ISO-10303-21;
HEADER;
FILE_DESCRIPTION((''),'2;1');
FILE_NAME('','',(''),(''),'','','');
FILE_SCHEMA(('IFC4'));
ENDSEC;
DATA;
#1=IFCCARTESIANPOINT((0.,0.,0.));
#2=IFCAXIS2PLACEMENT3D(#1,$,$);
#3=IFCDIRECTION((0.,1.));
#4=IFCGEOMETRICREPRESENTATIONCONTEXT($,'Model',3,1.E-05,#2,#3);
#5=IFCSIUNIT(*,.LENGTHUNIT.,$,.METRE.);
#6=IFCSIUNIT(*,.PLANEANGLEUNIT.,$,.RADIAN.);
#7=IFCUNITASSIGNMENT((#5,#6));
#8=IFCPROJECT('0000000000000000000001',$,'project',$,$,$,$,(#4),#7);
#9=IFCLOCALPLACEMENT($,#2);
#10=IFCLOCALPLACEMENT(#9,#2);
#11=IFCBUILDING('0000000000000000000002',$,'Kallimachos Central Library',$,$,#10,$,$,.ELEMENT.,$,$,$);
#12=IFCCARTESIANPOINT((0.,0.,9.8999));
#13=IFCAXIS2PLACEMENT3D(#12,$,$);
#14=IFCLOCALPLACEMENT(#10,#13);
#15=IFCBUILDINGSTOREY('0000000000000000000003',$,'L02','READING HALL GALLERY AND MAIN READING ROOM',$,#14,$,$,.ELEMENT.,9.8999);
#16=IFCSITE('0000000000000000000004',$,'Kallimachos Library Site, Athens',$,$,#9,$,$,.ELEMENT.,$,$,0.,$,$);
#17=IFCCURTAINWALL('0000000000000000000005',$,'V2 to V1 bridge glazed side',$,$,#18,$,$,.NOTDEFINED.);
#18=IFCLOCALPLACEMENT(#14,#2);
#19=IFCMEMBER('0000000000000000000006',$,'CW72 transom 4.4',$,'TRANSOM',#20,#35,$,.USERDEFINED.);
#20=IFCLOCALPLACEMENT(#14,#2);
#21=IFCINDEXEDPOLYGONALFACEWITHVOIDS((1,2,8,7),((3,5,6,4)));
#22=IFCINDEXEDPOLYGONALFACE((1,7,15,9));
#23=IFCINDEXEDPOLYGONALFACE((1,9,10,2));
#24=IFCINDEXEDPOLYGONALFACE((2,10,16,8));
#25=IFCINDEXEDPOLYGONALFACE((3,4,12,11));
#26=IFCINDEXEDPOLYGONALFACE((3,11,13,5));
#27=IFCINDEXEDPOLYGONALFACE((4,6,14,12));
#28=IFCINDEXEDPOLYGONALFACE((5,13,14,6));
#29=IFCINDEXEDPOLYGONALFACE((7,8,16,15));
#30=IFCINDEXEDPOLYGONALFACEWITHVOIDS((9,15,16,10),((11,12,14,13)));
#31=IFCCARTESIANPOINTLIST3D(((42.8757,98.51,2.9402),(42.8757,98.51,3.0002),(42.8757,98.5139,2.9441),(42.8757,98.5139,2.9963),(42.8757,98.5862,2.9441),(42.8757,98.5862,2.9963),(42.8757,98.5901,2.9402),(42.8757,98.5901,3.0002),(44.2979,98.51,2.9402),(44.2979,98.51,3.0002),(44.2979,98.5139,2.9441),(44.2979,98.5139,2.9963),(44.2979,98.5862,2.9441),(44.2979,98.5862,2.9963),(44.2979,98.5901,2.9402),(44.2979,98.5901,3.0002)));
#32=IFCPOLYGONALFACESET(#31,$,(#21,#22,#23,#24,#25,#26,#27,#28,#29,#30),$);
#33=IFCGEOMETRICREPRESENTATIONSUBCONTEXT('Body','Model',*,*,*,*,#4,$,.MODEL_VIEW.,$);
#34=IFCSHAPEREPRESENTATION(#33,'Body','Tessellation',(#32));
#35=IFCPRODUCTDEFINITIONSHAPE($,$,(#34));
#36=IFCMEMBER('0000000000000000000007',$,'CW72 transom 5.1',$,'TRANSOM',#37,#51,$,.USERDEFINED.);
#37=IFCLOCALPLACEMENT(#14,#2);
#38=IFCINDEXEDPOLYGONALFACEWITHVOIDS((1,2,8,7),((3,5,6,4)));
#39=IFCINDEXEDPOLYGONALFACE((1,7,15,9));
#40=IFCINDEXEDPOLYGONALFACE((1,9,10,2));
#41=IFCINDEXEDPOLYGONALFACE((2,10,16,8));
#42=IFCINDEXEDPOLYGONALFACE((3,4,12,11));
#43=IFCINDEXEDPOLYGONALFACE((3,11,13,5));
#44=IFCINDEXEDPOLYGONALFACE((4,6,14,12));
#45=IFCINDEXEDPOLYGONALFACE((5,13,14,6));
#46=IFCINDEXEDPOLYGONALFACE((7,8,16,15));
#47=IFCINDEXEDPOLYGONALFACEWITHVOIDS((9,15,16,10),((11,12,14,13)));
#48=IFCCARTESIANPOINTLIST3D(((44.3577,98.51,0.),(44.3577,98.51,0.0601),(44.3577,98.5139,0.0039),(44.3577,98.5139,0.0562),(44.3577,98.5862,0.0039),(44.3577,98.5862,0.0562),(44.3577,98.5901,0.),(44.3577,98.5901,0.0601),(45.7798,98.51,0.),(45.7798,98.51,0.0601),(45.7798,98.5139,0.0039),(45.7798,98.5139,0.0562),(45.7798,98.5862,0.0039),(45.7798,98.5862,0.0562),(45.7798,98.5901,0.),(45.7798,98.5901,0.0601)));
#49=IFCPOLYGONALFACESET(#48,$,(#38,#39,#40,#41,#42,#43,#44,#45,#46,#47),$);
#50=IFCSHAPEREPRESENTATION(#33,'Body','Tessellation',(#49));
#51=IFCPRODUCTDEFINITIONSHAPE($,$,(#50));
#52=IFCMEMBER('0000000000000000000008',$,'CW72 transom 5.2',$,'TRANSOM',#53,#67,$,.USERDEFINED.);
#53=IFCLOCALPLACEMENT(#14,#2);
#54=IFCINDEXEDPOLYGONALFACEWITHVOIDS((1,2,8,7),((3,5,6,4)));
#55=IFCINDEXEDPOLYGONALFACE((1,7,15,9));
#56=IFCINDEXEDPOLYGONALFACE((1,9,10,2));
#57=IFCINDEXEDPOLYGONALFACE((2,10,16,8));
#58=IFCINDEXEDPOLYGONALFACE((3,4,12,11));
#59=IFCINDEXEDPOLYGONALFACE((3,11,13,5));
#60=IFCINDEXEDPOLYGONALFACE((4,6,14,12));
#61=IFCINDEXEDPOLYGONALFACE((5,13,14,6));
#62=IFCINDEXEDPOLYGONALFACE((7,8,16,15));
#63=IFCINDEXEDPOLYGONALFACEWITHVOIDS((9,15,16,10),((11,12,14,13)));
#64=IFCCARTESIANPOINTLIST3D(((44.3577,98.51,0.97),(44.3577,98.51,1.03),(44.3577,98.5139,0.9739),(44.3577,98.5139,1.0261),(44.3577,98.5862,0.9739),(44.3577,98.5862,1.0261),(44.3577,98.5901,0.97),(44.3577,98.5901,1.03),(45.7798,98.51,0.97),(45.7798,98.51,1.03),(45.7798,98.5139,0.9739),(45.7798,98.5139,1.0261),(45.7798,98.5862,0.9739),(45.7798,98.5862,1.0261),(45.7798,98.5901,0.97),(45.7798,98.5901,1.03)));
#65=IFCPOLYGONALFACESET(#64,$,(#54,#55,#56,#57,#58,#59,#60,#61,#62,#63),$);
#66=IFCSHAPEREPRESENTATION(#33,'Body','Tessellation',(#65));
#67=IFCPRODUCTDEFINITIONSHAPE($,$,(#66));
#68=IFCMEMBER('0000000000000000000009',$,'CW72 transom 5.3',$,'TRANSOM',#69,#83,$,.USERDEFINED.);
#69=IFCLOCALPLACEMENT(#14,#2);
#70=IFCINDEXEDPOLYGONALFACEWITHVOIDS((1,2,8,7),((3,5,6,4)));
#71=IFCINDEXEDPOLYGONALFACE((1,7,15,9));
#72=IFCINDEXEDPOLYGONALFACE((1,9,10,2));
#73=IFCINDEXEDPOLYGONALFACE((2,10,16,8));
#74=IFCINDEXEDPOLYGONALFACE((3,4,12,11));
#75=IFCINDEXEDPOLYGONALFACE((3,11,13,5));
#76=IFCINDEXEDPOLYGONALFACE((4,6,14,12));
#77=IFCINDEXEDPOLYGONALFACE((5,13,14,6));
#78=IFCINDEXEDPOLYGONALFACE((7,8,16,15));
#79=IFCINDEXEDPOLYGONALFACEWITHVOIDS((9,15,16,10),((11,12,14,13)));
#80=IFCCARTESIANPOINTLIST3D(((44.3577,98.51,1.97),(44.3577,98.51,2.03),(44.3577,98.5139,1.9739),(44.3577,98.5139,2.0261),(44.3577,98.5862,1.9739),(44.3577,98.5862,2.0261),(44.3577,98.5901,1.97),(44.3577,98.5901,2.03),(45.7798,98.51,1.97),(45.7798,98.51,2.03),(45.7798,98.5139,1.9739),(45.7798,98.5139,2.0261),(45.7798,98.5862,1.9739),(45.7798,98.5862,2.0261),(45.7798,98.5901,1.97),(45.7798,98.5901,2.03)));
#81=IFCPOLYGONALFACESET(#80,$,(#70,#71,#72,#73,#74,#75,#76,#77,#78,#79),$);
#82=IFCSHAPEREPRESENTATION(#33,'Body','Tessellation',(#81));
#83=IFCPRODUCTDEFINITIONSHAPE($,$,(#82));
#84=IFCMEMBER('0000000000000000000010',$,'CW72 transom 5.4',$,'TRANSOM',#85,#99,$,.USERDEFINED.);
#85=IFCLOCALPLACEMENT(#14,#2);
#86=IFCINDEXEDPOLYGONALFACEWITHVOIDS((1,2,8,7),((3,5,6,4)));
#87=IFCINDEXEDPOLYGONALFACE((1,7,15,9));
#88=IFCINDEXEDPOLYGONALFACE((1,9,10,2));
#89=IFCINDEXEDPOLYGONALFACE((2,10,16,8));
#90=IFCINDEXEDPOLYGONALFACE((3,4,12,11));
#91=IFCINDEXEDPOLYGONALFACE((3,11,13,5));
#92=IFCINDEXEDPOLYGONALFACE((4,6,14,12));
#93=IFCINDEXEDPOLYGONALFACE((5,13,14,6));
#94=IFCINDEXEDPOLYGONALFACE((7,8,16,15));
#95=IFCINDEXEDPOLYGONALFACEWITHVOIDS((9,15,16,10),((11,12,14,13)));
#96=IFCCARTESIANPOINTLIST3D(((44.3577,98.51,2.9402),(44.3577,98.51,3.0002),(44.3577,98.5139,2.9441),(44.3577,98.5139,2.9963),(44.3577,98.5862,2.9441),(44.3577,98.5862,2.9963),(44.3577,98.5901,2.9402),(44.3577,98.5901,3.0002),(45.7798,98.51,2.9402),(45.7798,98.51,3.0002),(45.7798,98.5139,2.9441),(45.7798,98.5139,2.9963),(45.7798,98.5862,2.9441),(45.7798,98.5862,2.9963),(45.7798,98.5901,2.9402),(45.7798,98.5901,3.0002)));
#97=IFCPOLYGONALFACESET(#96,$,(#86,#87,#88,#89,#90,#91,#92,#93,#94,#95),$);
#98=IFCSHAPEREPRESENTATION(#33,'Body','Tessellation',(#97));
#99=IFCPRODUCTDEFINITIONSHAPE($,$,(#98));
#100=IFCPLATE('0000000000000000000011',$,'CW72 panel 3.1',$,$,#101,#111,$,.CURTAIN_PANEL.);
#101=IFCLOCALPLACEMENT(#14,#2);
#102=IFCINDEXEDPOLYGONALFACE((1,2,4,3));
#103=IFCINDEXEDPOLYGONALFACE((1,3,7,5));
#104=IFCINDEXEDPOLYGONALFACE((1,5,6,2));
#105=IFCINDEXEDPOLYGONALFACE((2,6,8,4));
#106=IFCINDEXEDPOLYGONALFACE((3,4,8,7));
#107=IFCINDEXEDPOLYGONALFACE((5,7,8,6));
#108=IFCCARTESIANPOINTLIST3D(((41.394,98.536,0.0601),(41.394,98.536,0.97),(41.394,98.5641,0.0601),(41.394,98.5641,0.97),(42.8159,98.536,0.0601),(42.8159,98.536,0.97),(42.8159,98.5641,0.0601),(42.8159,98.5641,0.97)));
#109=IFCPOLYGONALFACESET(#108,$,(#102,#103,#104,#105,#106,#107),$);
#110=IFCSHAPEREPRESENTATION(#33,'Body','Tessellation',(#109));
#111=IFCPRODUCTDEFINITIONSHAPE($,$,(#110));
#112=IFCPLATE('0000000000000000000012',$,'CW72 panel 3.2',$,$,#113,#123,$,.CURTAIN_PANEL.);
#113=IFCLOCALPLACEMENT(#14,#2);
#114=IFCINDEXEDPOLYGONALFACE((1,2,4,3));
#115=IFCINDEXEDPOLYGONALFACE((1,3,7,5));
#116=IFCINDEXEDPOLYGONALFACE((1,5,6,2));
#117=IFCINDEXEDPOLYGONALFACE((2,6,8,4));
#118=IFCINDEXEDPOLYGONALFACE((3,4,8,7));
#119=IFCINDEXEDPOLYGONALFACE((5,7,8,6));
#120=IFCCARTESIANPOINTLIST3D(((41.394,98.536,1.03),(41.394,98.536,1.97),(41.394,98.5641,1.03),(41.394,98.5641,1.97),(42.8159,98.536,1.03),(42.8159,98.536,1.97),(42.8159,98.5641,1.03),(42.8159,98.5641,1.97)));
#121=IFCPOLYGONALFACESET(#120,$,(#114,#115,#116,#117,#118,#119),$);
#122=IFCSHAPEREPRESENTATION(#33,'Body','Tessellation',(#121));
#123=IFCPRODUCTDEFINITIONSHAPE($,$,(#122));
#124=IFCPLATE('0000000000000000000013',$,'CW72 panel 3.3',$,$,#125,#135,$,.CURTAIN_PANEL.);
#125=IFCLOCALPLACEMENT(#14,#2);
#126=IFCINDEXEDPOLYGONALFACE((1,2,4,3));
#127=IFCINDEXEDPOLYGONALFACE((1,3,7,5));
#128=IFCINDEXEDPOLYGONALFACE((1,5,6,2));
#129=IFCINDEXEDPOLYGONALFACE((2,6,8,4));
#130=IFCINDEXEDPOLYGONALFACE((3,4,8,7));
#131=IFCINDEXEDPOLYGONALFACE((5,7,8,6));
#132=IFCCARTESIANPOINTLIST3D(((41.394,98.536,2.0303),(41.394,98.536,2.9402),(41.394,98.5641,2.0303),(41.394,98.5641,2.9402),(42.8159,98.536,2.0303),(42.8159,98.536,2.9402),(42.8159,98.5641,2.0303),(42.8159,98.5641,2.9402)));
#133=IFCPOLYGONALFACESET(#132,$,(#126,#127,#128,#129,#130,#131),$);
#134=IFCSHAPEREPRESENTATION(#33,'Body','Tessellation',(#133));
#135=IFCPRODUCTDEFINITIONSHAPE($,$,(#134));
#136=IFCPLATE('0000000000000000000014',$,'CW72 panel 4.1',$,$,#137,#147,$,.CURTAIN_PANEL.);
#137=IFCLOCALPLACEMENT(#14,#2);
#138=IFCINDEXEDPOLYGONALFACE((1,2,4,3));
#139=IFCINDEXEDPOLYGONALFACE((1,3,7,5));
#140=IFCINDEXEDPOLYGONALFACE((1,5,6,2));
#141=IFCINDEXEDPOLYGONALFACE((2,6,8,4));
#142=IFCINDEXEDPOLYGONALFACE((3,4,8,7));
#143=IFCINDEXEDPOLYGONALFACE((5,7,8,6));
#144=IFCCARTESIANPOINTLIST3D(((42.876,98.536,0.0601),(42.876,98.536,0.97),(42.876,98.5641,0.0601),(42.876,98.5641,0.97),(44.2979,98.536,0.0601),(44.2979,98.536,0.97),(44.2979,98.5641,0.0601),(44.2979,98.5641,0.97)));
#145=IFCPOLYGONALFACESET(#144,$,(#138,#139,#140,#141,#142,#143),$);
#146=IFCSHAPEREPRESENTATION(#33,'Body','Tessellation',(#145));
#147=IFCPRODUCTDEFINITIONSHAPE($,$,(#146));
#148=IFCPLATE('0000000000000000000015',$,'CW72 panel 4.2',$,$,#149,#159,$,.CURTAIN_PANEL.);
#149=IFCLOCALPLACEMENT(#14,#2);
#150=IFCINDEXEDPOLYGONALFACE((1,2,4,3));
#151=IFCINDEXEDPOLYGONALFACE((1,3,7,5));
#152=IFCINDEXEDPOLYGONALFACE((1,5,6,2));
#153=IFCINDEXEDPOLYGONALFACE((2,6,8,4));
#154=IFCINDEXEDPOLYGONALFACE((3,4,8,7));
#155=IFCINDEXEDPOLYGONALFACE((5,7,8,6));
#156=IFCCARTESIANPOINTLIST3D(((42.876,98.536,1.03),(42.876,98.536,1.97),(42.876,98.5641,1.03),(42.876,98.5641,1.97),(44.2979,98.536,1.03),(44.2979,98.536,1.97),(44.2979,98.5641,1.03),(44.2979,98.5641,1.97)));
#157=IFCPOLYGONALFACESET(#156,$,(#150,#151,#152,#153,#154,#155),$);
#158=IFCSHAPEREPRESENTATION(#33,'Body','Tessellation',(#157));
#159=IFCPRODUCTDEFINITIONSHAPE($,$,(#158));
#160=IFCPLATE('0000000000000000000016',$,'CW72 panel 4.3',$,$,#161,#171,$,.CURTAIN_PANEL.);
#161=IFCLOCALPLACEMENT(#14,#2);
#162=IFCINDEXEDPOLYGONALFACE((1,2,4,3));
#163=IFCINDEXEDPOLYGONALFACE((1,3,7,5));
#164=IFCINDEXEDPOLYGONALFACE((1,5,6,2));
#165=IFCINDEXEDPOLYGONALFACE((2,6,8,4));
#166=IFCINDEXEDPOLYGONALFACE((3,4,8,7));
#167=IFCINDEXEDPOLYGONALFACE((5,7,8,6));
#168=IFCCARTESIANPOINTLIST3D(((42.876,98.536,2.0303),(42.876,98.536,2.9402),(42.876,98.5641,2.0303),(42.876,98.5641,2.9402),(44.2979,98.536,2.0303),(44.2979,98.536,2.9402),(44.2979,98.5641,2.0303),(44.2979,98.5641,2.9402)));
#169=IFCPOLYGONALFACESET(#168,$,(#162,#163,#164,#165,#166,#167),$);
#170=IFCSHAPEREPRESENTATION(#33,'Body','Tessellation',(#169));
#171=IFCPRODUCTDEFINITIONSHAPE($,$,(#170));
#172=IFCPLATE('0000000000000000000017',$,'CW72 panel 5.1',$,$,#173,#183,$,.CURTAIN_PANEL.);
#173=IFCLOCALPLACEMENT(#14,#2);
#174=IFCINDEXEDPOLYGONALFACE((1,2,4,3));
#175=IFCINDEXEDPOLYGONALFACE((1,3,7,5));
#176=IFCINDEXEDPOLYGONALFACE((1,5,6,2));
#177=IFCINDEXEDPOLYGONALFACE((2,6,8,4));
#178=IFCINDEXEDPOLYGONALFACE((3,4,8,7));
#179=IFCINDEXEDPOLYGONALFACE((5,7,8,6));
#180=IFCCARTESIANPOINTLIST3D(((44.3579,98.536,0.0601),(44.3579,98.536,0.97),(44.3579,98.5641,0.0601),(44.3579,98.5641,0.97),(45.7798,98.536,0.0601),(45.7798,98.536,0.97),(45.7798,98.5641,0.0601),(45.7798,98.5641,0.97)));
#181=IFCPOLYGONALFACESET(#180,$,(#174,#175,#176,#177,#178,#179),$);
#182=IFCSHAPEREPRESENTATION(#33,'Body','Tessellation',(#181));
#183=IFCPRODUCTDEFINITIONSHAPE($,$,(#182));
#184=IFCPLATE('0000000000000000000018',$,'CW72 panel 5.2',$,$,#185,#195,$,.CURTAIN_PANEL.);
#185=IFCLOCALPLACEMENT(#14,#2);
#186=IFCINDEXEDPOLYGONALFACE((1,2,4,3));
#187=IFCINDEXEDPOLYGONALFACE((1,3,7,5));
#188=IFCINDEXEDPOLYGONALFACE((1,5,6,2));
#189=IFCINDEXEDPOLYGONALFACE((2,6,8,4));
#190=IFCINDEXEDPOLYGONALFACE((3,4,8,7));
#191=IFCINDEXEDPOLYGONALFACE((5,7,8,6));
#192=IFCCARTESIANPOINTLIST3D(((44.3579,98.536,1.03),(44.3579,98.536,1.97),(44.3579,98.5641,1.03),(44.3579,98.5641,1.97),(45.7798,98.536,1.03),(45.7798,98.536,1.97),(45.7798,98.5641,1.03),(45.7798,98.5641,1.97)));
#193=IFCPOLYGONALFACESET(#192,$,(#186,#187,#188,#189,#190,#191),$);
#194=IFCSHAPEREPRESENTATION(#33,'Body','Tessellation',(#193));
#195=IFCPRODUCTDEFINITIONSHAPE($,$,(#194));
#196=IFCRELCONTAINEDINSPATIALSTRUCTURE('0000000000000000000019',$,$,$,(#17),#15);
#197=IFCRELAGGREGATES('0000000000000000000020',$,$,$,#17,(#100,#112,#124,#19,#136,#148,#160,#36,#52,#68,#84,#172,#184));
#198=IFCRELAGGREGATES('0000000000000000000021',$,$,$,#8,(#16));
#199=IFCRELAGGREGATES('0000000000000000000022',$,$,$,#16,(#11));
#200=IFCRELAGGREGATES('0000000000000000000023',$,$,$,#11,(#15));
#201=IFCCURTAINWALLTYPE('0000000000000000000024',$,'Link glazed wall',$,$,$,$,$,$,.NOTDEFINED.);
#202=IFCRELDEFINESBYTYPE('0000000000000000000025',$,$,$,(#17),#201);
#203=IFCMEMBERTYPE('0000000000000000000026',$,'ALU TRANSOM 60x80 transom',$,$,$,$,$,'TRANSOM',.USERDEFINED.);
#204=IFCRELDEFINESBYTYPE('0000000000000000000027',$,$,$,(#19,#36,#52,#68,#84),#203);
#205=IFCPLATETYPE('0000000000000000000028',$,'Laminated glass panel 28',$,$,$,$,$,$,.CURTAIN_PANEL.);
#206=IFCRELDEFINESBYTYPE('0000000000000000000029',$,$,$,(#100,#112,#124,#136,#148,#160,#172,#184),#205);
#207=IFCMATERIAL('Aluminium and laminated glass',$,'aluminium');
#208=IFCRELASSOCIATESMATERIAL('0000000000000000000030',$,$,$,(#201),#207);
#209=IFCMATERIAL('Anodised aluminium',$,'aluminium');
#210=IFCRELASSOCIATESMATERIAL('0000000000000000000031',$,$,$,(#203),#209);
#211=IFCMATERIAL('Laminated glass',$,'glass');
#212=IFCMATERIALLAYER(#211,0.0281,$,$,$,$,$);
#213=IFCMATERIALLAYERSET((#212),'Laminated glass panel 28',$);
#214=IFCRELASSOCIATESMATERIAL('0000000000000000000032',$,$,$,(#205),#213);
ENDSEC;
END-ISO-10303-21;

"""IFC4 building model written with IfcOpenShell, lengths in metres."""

from ifc_helpers import new_model, si_unit, direction, frame, origin, origin_2d, place, context, subcontext, project, spatial, rectangle, hollow_rectangle, extrude, material, layer, layer_set, material_profile, profile_set, type_object, element, aggregate, save


model = new_model("IFC4")

# Units and contexts
model_context = context("Model", 3, precision=1e-05, world=origin(), true_north=direction((0.0, 1.0)))
body_context = subcontext(model_context, "Body", "Model", "MODEL_VIEW")
ifc_project = project(units=[si_unit("LENGTHUNIT", "METRE"), si_unit("PLANEANGLEUNIT", "RADIAN")], contexts=[model_context])

# Site, building, storey
site_placement = place(None, origin())
site = spatial("IfcSite", under=ifc_project, at=site_placement, Name="Kallimachos Library Site, Athens", CompositionType="ELEMENT", RefElevation=0.0)
building_placement = place(site_placement, origin())
building = spatial("IfcBuilding", under=site, at=building_placement, Name="Kallimachos Central Library", CompositionType="ELEMENT")
storey_placement = place(building_placement, frame((0.0, 0.0, 9.8999)))
storey = spatial("IfcBuildingStorey", under=building, at=storey_placement, Name="L02", Description="READING HALL GALLERY AND MAIN READING ROOM", CompositionType="ELEMENT", Elevation=9.8999)

# Curtain wall, members, plates
ifc_material_1 = material(Name="Aluminium and laminated glass", Category="aluminium")
curtain_wall_type = type_object("IfcCurtainWallType", Name="Link glazed wall", PredefinedType="NOTDEFINED", material=ifc_material_1)
curtain_wall_placement = place(storey_placement, origin())
curtain_wall = element("IfcCurtainWall", 1, at=curtain_wall_placement, inside=storey, type_object=curtain_wall_type, Name="V2 to V1 bridge glazed side", PredefinedType="NOTDEFINED")
ifc_material_2 = material(Name="Anodised aluminium", Category="aluminium")
ifc_material_profile_1 = material_profile(ifc_material_2, hollow_rectangle(XDim=0.0601, YDim=0.0801, WallThickness=0.0039, at=origin_2d()), Name="ALU TRANSOM 60x80")
ifc_profile_set_1 = profile_set([ifc_material_profile_1], Name="Anodised aluminium")
member_type_1 = type_object("IfcMemberType", Name="ALU TRANSOM 60x80 transom", ElementType="TRANSOM", PredefinedType="USERDEFINED", material=ifc_profile_set_1)
member_1_placement = place(storey_placement, frame((42.8757, 98.55, 2.9702), z_axis=(1.0, 0.0, 0.0), x_axis=(0.0, 0.0, 1.0)))
member_1 = element("IfcMember", 2, at=member_1_placement, type_object=member_type_1, Name="CW72 transom 4.4", ObjectType="TRANSOM", PredefinedType="USERDEFINED", context=body_context, shape_type="SweptSolid", body=[
    extrude(hollow_rectangle(XDim=0.0601, YDim=0.0801, WallThickness=0.0039, at=origin_2d()), origin(), (0.0, 0.0, 1.0), 1.4221),
])
member_2_placement = place(storey_placement, frame((44.3577, 98.55, 0.03), z_axis=(1.0, 0.0, 0.0), x_axis=(0.0, 0.0, 1.0)))
member_2 = element("IfcMember", 3, at=member_2_placement, type_object=member_type_1, Name="CW72 transom 5.1", ObjectType="TRANSOM", PredefinedType="USERDEFINED", context=body_context, shape_type="SweptSolid", body=[
    extrude(hollow_rectangle(XDim=0.0601, YDim=0.0801, WallThickness=0.0039, at=origin_2d()), origin(), (0.0, 0.0, 1.0), 1.4221),
])
member_3_placement = place(storey_placement, frame((44.3577, 98.55, 1.0), z_axis=(1.0, 0.0, 0.0), x_axis=(0.0, 0.0, 1.0)))
member_3 = element("IfcMember", 4, at=member_3_placement, type_object=member_type_1, Name="CW72 transom 5.2", ObjectType="TRANSOM", PredefinedType="USERDEFINED", context=body_context, shape_type="SweptSolid", body=[
    extrude(hollow_rectangle(XDim=0.0601, YDim=0.0801, WallThickness=0.0039, at=origin_2d()), origin(), (0.0, 0.0, 1.0), 1.4221),
])
member_4_placement = place(storey_placement, frame((44.3577, 98.55, 2.0), z_axis=(1.0, 0.0, 0.0), x_axis=(0.0, 0.0, 1.0)))
member_4 = element("IfcMember", 5, at=member_4_placement, type_object=member_type_1, Name="CW72 transom 5.3", ObjectType="TRANSOM", PredefinedType="USERDEFINED", context=body_context, shape_type="SweptSolid", body=[
    extrude(hollow_rectangle(XDim=0.0601, YDim=0.0801, WallThickness=0.0039, at=origin_2d()), origin(), (0.0, 0.0, 1.0), 1.4221),
])
member_5_placement = place(storey_placement, frame((44.3577, 98.55, 2.9702), z_axis=(1.0, 0.0, 0.0), x_axis=(0.0, 0.0, 1.0)))
member_5 = element("IfcMember", 6, at=member_5_placement, type_object=member_type_1, Name="CW72 transom 5.4", ObjectType="TRANSOM", PredefinedType="USERDEFINED", context=body_context, shape_type="SweptSolid", body=[
    extrude(hollow_rectangle(XDim=0.0601, YDim=0.0801, WallThickness=0.0039, at=origin_2d()), origin(), (0.0, 0.0, 1.0), 1.4221),
])
ifc_material_3 = material(Name="Laminated glass", Category="glass")
ifc_layer = layer(ifc_material_3, 0.0281)
ifc_layer_set = layer_set([ifc_layer], Name="Laminated glass panel 28")
plate_type = type_object("IfcPlateType", Name="Laminated glass panel 28", PredefinedType="CURTAIN_PANEL", material=ifc_layer_set)
plate_1_placement = place(storey_placement, frame((42.105, 98.55, 0.0601), z_axis=(0.0, 0.0, 1.0), x_axis=(1.0, 0.0, 0.0)))
plate_1 = element("IfcPlate", 7, at=plate_1_placement, type_object=plate_type, Name="CW72 panel 3.1", PredefinedType="CURTAIN_PANEL", context=body_context, shape_type="SweptSolid", body=[
    extrude(rectangle(XDim=1.4219, YDim=0.0281, at=origin_2d()), origin(), (0.0, 0.0, 1.0), 0.9099),
])
plate_2_placement = place(storey_placement, frame((42.105, 98.55, 1.03), z_axis=(0.0, 0.0, 1.0), x_axis=(1.0, 0.0, 0.0)))
plate_2 = element("IfcPlate", 8, at=plate_2_placement, type_object=plate_type, Name="CW72 panel 3.2", PredefinedType="CURTAIN_PANEL", context=body_context, shape_type="SweptSolid", body=[
    extrude(rectangle(XDim=1.4219, YDim=0.0281, at=origin_2d()), origin(), (0.0, 0.0, 1.0), 0.9399),
])
plate_3_placement = place(storey_placement, frame((42.105, 98.55, 2.0303), z_axis=(0.0, 0.0, 1.0), x_axis=(1.0, 0.0, 0.0)))
plate_3 = element("IfcPlate", 9, at=plate_3_placement, type_object=plate_type, Name="CW72 panel 3.3", PredefinedType="CURTAIN_PANEL", context=body_context, shape_type="SweptSolid", body=[
    extrude(rectangle(XDim=1.4219, YDim=0.0281, at=origin_2d()), origin(), (0.0, 0.0, 1.0), 0.9099),
])
plate_4_placement = place(storey_placement, frame((43.5869, 98.55, 0.0601), z_axis=(0.0, 0.0, 1.0), x_axis=(1.0, 0.0, 0.0)))
plate_4 = element("IfcPlate", 10, at=plate_4_placement, type_object=plate_type, Name="CW72 panel 4.1", PredefinedType="CURTAIN_PANEL", context=body_context, shape_type="SweptSolid", body=[
    extrude(rectangle(XDim=1.4219, YDim=0.0281, at=origin_2d()), origin(), (0.0, 0.0, 1.0), 0.9099),
])
plate_5_placement = place(storey_placement, frame((43.5869, 98.55, 1.03), z_axis=(0.0, 0.0, 1.0), x_axis=(1.0, 0.0, 0.0)))
plate_5 = element("IfcPlate", 11, at=plate_5_placement, type_object=plate_type, Name="CW72 panel 4.2", PredefinedType="CURTAIN_PANEL", context=body_context, shape_type="SweptSolid", body=[
    extrude(rectangle(XDim=1.4219, YDim=0.0281, at=origin_2d()), origin(), (0.0, 0.0, 1.0), 0.9399),
])
plate_6_placement = place(storey_placement, frame((43.5869, 98.55, 2.0303), z_axis=(0.0, 0.0, 1.0), x_axis=(1.0, 0.0, 0.0)))
plate_6 = element("IfcPlate", 12, at=plate_6_placement, type_object=plate_type, Name="CW72 panel 4.3", PredefinedType="CURTAIN_PANEL", context=body_context, shape_type="SweptSolid", body=[
    extrude(rectangle(XDim=1.4219, YDim=0.0281, at=origin_2d()), origin(), (0.0, 0.0, 1.0), 0.9099),
])
plate_7_placement = place(storey_placement, frame((45.0688, 98.55, 0.0601), z_axis=(0.0, 0.0, 1.0), x_axis=(1.0, 0.0, 0.0)))
plate_7 = element("IfcPlate", 13, at=plate_7_placement, type_object=plate_type, Name="CW72 panel 5.1", PredefinedType="CURTAIN_PANEL", context=body_context, shape_type="SweptSolid", body=[
    extrude(rectangle(XDim=1.4219, YDim=0.0281, at=origin_2d()), origin(), (0.0, 0.0, 1.0), 0.9099),
])
plate_8_placement = place(storey_placement, frame((45.0688, 98.55, 1.03), z_axis=(0.0, 0.0, 1.0), x_axis=(1.0, 0.0, 0.0)))
plate_8 = element("IfcPlate", 14, at=plate_8_placement, type_object=plate_type, Name="CW72 panel 5.2", PredefinedType="CURTAIN_PANEL", context=body_context, shape_type="SweptSolid", body=[
    extrude(rectangle(XDim=1.4219, YDim=0.0281, at=origin_2d()), origin(), (0.0, 0.0, 1.0), 0.9399),
])
aggregate(curtain_wall, [plate_1, plate_2, plate_3, member_1, plate_4, plate_5, plate_6, member_2, member_3, member_4, member_5, plate_7, plate_8])

save(model, "model.ifc")
